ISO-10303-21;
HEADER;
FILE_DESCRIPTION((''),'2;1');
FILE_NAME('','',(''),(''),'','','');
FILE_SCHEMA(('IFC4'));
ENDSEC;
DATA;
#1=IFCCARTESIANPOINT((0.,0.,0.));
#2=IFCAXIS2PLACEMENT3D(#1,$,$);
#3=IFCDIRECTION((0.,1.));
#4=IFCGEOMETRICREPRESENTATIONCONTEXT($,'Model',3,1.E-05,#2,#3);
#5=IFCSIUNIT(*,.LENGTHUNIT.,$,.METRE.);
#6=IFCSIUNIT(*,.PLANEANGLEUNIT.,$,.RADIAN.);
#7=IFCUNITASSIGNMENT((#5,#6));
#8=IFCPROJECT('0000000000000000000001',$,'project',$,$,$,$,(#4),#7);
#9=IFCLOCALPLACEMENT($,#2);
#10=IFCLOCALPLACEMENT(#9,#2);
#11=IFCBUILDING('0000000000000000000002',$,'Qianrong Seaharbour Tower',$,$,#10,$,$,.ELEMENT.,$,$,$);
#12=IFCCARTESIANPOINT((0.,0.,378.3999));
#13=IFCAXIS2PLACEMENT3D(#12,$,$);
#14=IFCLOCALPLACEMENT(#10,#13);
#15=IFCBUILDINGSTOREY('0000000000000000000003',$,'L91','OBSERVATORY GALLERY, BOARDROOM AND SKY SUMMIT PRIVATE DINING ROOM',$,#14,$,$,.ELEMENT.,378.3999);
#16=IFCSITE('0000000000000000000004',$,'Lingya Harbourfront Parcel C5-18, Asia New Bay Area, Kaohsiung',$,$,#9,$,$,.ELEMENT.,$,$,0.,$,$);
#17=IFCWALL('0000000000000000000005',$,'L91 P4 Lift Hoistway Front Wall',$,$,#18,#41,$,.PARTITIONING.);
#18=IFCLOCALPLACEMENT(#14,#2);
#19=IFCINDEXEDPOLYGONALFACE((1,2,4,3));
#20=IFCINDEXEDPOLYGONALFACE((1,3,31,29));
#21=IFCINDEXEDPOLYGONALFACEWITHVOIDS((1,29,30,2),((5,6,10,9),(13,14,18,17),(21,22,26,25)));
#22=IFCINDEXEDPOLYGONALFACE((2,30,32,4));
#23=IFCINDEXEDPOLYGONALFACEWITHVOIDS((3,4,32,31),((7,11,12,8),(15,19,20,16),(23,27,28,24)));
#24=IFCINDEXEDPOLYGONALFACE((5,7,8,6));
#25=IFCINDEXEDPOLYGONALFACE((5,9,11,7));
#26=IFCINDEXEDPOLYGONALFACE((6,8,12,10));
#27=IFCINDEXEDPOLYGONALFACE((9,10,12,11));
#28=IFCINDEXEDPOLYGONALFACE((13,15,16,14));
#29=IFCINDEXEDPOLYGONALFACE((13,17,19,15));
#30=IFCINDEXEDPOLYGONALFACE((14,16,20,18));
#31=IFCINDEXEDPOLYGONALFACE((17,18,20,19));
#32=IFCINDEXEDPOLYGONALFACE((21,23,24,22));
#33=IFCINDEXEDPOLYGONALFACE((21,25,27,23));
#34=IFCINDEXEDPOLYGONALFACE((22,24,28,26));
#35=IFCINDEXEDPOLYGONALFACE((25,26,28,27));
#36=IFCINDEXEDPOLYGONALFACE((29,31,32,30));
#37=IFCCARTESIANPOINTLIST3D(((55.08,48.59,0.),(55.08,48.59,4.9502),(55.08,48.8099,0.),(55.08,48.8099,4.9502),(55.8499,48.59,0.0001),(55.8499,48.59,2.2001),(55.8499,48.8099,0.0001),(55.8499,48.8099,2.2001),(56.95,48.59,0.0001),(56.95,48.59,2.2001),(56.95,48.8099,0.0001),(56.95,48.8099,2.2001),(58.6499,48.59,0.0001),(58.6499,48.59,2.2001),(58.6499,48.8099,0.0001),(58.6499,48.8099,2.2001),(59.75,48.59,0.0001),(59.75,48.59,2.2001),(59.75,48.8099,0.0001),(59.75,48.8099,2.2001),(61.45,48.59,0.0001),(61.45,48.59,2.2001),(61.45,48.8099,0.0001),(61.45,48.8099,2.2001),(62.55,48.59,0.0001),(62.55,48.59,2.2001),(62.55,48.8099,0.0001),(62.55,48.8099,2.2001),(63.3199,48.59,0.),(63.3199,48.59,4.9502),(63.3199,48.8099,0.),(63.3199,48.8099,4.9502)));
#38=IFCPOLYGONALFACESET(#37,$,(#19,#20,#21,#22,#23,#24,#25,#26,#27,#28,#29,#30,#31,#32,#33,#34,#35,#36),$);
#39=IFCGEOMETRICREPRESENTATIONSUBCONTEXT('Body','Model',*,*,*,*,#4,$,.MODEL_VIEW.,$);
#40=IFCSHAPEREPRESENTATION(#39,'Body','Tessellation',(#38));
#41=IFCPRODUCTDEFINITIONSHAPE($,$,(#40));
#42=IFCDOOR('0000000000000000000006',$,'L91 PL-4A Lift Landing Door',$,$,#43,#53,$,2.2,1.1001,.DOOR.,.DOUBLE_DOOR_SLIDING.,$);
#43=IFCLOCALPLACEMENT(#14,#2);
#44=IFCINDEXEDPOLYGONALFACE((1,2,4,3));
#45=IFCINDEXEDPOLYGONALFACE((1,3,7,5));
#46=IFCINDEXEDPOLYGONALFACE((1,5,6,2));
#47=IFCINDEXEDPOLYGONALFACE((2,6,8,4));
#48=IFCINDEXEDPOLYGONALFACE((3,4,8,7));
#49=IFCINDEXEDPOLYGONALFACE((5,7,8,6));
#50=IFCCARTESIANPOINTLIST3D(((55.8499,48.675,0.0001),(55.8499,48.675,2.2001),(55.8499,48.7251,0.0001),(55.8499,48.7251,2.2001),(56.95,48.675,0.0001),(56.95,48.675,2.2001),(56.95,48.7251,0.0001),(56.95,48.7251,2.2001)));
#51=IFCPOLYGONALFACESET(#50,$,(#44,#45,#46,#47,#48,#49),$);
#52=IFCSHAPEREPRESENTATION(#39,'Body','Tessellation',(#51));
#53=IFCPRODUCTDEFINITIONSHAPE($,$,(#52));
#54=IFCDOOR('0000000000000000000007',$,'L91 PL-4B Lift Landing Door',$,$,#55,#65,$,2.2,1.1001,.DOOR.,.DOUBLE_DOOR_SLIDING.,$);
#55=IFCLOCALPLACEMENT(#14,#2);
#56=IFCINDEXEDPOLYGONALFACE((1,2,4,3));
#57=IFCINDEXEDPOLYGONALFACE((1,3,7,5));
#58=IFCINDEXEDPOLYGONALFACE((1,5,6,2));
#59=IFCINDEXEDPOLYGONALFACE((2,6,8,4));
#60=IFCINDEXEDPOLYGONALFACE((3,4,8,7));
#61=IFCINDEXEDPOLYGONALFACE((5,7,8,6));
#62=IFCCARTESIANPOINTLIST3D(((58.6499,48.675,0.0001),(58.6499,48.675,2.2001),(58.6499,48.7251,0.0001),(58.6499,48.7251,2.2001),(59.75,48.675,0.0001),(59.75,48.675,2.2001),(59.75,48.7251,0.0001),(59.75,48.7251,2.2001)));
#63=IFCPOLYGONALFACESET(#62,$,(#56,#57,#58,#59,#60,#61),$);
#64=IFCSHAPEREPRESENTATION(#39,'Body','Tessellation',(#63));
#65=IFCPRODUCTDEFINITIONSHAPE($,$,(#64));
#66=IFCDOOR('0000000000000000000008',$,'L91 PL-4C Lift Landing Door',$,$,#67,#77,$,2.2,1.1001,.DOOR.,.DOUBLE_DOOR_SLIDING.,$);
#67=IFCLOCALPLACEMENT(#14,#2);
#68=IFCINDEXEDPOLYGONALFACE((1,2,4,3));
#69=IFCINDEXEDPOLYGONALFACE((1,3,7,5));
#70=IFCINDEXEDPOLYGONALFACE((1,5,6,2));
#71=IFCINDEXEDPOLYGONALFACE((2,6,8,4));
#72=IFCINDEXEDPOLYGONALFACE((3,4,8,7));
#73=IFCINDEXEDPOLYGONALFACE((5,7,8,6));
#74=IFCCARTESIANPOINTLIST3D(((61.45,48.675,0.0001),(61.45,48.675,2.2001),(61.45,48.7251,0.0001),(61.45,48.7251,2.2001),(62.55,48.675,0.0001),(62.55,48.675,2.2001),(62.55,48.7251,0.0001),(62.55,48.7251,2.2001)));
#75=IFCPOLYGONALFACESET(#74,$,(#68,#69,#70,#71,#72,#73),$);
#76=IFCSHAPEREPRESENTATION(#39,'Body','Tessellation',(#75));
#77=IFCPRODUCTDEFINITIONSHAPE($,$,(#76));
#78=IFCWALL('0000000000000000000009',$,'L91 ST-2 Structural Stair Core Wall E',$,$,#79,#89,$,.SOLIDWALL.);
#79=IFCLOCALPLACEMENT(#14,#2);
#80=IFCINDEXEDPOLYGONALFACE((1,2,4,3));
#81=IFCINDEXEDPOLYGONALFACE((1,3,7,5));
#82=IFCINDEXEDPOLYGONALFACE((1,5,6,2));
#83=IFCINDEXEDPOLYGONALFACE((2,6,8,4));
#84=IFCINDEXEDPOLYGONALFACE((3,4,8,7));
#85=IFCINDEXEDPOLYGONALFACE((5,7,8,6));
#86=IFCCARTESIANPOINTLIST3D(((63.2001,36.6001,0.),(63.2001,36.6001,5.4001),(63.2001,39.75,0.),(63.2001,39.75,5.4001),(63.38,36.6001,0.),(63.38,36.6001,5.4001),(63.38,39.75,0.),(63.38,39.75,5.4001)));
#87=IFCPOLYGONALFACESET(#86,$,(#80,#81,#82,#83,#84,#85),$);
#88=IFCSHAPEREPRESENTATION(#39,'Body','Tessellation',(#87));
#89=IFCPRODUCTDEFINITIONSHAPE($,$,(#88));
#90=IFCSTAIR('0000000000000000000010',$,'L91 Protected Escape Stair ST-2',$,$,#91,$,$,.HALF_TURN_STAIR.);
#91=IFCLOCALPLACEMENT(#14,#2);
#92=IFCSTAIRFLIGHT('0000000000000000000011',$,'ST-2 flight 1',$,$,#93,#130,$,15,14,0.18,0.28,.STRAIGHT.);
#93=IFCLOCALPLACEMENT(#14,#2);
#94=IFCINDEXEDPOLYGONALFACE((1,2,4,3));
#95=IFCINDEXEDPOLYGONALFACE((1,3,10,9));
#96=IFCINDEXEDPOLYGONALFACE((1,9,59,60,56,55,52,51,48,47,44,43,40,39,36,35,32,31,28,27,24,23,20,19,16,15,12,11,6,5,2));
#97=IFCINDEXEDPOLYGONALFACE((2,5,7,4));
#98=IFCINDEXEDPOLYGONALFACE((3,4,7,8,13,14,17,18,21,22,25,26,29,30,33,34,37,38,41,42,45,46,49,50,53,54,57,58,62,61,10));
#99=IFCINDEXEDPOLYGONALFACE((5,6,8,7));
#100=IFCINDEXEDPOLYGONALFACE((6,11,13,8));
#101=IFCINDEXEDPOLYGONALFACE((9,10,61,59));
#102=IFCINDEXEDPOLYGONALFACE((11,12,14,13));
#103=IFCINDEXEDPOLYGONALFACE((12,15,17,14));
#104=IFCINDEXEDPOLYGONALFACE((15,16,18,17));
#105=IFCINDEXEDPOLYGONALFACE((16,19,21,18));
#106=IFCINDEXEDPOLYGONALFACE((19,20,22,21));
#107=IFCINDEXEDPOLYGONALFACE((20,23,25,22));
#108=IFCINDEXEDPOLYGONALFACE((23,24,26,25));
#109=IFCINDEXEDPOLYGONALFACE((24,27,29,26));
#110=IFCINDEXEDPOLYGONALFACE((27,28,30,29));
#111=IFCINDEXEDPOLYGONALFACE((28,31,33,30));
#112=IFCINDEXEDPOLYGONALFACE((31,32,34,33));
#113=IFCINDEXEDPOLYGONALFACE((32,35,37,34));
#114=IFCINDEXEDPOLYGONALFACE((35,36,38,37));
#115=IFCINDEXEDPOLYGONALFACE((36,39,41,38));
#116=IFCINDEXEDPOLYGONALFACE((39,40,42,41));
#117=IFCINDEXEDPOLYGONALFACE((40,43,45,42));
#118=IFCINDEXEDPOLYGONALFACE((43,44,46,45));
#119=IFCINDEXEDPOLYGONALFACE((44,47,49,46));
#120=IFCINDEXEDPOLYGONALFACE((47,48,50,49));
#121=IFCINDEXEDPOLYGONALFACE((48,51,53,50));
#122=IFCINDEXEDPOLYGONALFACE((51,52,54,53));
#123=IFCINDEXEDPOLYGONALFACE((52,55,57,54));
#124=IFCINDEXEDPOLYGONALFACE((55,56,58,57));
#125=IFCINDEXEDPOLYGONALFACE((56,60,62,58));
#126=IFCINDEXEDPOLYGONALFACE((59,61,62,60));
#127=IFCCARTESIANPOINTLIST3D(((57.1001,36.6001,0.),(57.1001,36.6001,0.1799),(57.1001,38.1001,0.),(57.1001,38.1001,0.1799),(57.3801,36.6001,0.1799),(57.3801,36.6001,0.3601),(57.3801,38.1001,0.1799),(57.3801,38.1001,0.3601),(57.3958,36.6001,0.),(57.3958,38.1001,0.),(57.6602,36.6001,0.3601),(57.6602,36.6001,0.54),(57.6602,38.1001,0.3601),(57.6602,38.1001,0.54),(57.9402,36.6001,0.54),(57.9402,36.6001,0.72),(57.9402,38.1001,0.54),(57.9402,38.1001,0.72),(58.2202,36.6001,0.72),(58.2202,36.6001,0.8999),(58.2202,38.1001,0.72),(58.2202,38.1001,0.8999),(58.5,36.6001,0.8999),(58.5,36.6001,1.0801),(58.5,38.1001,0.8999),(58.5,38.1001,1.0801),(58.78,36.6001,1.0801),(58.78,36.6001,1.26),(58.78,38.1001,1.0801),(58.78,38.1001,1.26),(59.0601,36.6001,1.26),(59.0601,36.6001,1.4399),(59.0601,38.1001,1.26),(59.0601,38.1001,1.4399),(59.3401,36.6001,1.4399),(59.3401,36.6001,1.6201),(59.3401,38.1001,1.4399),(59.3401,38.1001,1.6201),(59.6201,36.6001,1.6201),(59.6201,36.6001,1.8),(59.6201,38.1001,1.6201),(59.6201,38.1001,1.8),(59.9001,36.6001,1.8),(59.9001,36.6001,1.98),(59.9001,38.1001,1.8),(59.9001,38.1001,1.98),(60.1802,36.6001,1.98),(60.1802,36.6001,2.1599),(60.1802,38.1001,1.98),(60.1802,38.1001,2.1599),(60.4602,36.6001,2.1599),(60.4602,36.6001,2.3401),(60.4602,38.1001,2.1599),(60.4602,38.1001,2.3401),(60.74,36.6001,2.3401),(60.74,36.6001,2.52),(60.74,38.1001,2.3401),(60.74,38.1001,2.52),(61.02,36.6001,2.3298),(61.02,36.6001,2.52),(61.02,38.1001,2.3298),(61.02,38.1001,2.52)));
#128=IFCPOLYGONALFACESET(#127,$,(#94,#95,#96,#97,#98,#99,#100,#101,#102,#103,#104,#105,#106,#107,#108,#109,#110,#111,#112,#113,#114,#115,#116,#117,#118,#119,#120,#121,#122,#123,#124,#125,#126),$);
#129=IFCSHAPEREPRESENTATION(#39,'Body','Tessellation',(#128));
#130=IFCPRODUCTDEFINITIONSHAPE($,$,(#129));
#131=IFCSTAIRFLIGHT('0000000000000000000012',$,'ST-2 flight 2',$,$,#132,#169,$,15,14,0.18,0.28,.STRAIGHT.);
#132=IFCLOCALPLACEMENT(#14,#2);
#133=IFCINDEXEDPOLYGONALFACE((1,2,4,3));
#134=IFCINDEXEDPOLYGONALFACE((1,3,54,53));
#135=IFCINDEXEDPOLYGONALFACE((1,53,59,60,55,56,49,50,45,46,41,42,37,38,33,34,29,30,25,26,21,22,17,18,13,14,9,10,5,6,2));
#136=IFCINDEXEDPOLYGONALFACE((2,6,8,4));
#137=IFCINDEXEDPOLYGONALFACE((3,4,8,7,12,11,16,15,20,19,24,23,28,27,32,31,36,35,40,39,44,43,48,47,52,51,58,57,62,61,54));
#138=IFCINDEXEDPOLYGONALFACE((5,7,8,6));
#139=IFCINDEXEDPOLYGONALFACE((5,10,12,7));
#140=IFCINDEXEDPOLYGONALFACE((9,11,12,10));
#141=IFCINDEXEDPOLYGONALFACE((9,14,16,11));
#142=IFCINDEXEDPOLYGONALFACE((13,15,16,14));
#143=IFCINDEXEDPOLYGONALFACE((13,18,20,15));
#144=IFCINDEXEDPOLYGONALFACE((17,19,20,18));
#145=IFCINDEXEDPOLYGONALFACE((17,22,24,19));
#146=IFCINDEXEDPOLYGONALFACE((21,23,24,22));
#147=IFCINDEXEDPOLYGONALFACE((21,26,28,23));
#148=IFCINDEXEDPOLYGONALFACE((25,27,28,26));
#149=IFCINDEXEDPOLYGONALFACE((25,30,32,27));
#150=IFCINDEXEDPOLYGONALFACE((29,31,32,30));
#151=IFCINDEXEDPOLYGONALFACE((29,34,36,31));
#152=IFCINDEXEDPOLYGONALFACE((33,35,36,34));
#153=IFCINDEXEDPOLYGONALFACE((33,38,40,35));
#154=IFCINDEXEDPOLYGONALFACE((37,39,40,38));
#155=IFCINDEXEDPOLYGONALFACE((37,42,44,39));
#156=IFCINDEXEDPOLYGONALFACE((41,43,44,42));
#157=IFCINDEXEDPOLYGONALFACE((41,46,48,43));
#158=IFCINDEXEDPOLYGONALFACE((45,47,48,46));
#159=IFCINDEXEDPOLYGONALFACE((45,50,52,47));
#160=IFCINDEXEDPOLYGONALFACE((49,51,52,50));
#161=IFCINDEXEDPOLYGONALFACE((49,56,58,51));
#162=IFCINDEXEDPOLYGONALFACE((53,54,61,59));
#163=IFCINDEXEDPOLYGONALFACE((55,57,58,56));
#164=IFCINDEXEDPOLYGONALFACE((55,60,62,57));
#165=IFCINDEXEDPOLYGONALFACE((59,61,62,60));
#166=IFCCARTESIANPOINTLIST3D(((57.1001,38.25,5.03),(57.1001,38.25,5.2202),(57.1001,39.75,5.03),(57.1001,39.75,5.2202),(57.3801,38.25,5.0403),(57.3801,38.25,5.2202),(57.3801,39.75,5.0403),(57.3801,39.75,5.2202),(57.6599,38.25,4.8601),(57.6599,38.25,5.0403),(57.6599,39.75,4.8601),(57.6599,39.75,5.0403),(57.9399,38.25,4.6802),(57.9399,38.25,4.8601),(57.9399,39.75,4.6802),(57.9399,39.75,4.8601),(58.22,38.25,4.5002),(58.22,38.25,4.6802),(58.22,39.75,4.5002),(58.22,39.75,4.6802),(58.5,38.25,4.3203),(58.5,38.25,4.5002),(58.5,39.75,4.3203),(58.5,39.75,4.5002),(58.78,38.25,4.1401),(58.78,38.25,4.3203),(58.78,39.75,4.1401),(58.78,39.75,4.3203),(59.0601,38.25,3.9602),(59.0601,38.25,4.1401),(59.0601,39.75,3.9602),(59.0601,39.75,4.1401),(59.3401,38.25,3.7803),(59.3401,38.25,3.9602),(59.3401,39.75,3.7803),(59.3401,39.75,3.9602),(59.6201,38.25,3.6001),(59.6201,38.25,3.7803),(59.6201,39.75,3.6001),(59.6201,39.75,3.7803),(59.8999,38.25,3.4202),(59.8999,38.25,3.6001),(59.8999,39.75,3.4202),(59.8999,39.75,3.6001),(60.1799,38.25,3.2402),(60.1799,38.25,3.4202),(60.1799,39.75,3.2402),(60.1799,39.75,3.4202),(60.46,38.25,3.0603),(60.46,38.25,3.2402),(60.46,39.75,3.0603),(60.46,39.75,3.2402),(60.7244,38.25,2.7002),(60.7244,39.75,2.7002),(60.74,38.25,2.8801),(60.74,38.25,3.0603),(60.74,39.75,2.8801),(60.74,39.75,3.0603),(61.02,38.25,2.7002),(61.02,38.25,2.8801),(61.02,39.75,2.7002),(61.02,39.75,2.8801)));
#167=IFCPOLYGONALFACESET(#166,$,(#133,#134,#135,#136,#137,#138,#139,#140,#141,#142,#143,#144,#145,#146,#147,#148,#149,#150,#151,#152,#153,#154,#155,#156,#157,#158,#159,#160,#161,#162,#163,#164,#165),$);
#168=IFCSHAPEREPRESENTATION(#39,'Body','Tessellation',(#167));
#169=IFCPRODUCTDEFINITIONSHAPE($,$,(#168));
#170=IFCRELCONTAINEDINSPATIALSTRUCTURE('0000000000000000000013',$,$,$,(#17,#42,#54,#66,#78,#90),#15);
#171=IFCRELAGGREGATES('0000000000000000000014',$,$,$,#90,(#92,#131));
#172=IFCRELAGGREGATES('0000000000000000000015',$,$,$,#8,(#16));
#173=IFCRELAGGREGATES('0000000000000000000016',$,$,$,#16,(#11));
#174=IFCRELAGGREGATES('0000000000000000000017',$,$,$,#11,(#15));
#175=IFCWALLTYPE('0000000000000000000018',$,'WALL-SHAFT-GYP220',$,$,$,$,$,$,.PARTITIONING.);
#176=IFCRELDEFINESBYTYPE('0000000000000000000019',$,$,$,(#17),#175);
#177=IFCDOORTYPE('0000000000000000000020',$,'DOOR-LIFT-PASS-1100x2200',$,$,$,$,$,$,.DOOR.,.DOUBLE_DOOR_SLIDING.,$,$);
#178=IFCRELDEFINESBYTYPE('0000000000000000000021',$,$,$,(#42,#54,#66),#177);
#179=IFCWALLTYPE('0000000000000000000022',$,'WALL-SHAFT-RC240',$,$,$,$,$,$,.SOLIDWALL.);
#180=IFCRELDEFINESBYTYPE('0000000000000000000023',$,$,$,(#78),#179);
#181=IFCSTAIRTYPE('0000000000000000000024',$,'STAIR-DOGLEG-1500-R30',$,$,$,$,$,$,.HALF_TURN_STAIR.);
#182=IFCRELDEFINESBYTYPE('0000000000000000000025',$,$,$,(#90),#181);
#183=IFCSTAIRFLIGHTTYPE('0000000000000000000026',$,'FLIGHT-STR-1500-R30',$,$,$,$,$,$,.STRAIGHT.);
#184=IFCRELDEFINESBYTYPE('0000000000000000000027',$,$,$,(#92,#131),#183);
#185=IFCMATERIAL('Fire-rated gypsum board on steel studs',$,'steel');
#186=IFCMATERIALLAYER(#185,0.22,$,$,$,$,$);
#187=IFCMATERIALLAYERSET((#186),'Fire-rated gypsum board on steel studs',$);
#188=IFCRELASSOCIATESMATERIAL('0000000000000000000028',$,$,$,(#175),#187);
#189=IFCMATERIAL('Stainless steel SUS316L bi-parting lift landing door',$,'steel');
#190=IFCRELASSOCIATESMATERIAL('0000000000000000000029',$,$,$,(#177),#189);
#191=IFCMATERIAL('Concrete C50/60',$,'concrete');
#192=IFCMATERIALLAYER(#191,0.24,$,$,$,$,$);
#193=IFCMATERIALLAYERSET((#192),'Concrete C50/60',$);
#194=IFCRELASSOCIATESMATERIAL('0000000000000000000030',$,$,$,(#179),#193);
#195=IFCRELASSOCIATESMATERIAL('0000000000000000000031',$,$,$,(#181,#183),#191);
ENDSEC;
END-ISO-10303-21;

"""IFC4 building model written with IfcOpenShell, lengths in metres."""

from ifc_helpers import new_model, si_unit, direction, frame, frame_2d, origin, place, context, subcontext, project, spatial, polyline, rectangle, outline, extrude, material, layer, layer_set, type_object, element, fill, aggregate, save


model = new_model("IFC4")

# Units and contexts
model_context = context("Model", 3, precision=1e-05, world=origin(), true_north=direction((0.0, 1.0)))
body_context = subcontext(model_context, "Body", "Model", "MODEL_VIEW")
ifc_project = project(units=[si_unit("LENGTHUNIT", "METRE"), si_unit("PLANEANGLEUNIT", "RADIAN")], contexts=[model_context])

# Site, building, storey
site_placement = place(None, origin())
site = spatial("IfcSite", under=ifc_project, at=site_placement, Name="Lingya Harbourfront Parcel C5-18, Asia New Bay Area, Kaohsiung", CompositionType="ELEMENT", RefElevation=0.0)
building_placement = place(site_placement, origin())
building = spatial("IfcBuilding", under=site, at=building_placement, Name="Qianrong Seaharbour Tower", CompositionType="ELEMENT")
storey_placement = place(building_placement, frame((0.0, 0.0, 378.3999)))
storey = spatial("IfcBuildingStorey", under=building, at=storey_placement, Name="L91", Description="OBSERVATORY GALLERY, BOARDROOM AND SKY SUMMIT PRIVATE DINING ROOM", CompositionType="ELEMENT", Elevation=378.3999)

# Shared definitions
ifc_material_1 = material(Name="Fire-rated gypsum board on steel studs", Category="steel")

# Wall, openings, doors
ifc_layer_1 = layer(ifc_material_1, 0.22)
ifc_layer_set_1 = layer_set([ifc_layer_1], Name="Fire-rated gypsum board on steel studs")
wall_type_1 = type_object("IfcWallType", Name="WALL-SHAFT-GYP220", PredefinedType="PARTITIONING", material=ifc_layer_set_1)
wall_1_placement = place(storey_placement, frame((63.3201, 48.7, 0.0), z_axis=(0.0, 0.0, 1.0), x_axis=(-1.0, 0.0, 0.0)))
wall_1 = element("IfcWall", 1, at=wall_1_placement, inside=storey, type_object=wall_type_1, Name="L91 P4 Lift Hoistway Front Wall", PredefinedType="PARTITIONING", context=body_context, shape_type="SweptSolid", body=[
    extrude(rectangle(XDim=8.24, YDim=0.22, at=frame_2d((4.1201, 0.0))), origin(), (0.0, 0.0, 1.0), 4.9502),
])
opening_1_placement = place(wall_1_placement, frame((6.3701, 0.0, 0.0)))
opening_1 = element("IfcOpeningElement", 2, at=opening_1_placement, cuts=wall_1, PredefinedType="OPENING", context=body_context, shape_type="SweptSolid", body=[
    extrude(rectangle(XDim=1.1001, YDim=2.2, at=frame_2d((0.55, 1.1001))), frame((0.0, 0.1201, 0.0), z_axis=(0.0, -1.0, 0.0), x_axis=(1.0, 0.0, 0.0)), (0.0, 0.0, 1.0), 0.24),
])
opening_2_placement = place(wall_1_placement, frame((3.5701, 0.0, 0.0)))
opening_2 = element("IfcOpeningElement", 3, at=opening_2_placement, cuts=wall_1, PredefinedType="OPENING", context=body_context, shape_type="SweptSolid", body=[
    extrude(rectangle(XDim=1.1001, YDim=2.2, at=frame_2d((0.55, 1.1001))), frame((0.0, 0.1201, 0.0), z_axis=(0.0, -1.0, 0.0), x_axis=(1.0, 0.0, 0.0)), (0.0, 0.0, 1.0), 0.24),
])
opening_3_placement = place(wall_1_placement, frame((0.77, 0.0, 0.0)))
opening_3 = element("IfcOpeningElement", 4, at=opening_3_placement, cuts=wall_1, PredefinedType="OPENING", context=body_context, shape_type="SweptSolid", body=[
    extrude(rectangle(XDim=1.1001, YDim=2.2, at=frame_2d((0.55, 1.1001))), frame((0.0, 0.1201, 0.0), z_axis=(0.0, -1.0, 0.0), x_axis=(1.0, 0.0, 0.0)), (0.0, 0.0, 1.0), 0.24),
])
ifc_material_2 = material(Name="Stainless steel SUS316L bi-parting lift landing door", Category="steel")
door_type_1 = type_object("IfcDoorType", Name="DOOR-LIFT-PASS-1100x2200", OperationType="DOUBLE_DOOR_SLIDING", PredefinedType="DOOR", material=ifc_material_2)
door_1_placement = place(opening_1_placement, origin())
door_1 = element("IfcDoor", 5, at=door_1_placement, inside=storey, type_object=door_type_1, Name="L91 PL-4A Lift Landing Door", OperationType="DOUBLE_DOOR_SLIDING", OverallHeight=2.2, OverallWidth=1.1001, PredefinedType="DOOR", context=body_context, shape_type="SweptSolid", body=[
    extrude(rectangle(XDim=1.1001, YDim=2.2, at=frame_2d((0.55, 1.1001))), frame((0.0, 0.0249, 0.0), z_axis=(0.0, -1.0, 0.0), x_axis=(1.0, 0.0, 0.0)), (0.0, 0.0, 1.0), 0.05),
])
fill(opening_1, door_1)
door_2_placement = place(opening_2_placement, origin())
door_2 = element("IfcDoor", 6, at=door_2_placement, inside=storey, type_object=door_type_1, Name="L91 PL-4B Lift Landing Door", OperationType="DOUBLE_DOOR_SLIDING", OverallHeight=2.2, OverallWidth=1.1001, PredefinedType="DOOR", context=body_context, shape_type="SweptSolid", body=[
    extrude(rectangle(XDim=1.1001, YDim=2.2, at=frame_2d((0.55, 1.1001))), frame((0.0, 0.0249, 0.0), z_axis=(0.0, -1.0, 0.0), x_axis=(1.0, 0.0, 0.0)), (0.0, 0.0, 1.0), 0.05),
])
fill(opening_2, door_2)
door_3_placement = place(opening_3_placement, origin())
door_3 = element("IfcDoor", 7, at=door_3_placement, inside=storey, type_object=door_type_1, Name="L91 PL-4C Lift Landing Door", OperationType="DOUBLE_DOOR_SLIDING", OverallHeight=2.2, OverallWidth=1.1001, PredefinedType="DOOR", context=body_context, shape_type="SweptSolid", body=[
    extrude(rectangle(XDim=1.1001, YDim=2.2, at=frame_2d((0.55, 1.1001))), frame((0.0, 0.0249, 0.0), z_axis=(0.0, -1.0, 0.0), x_axis=(1.0, 0.0, 0.0)), (0.0, 0.0, 1.0), 0.05),
])
fill(opening_3, door_3)

# Wall
ifc_material_3 = material(Name="Concrete C50/60", Category="concrete")
ifc_layer_2 = layer(ifc_material_3, 0.24)
ifc_layer_set_2 = layer_set([ifc_layer_2], Name="Concrete C50/60")
wall_type_2 = type_object("IfcWallType", Name="WALL-SHAFT-RC240", PredefinedType="SOLIDWALL", material=ifc_layer_set_2)
wall_2_placement = place(storey_placement, frame((63.29, 36.6001, 0.0), z_axis=(0.0, 0.0, 1.0), x_axis=(0.0, 1.0, 0.0)))
element("IfcWall", 8, at=wall_2_placement, inside=storey, type_object=wall_type_2, Name="L91 ST-2 Structural Stair Core Wall E", PredefinedType="SOLIDWALL", context=body_context, shape_type="SweptSolid", body=[
    extrude(rectangle(XDim=3.1499, YDim=0.1799, at=frame_2d((1.575, 0.0))), origin(), (0.0, 0.0, 1.0), 5.4001),
])

# Stair, stair flights
stair_type = type_object("IfcStairType", Name="STAIR-DOGLEG-1500-R30", PredefinedType="HALF_TURN_STAIR", material=ifc_material_3)
stair_placement = place(storey_placement, origin())
stair = element("IfcStair", 9, at=stair_placement, inside=storey, type_object=stair_type, Name="L91 Protected Escape Stair ST-2", PredefinedType="HALF_TURN_STAIR")
stair_flight_type = type_object("IfcStairFlightType", Name="FLIGHT-STR-1500-R30", PredefinedType="STRAIGHT", material=ifc_material_3)
stair_flight_1_placement = place(storey_placement, frame((57.1001, 37.3501, 0.0), z_axis=(0.0, 0.0, 1.0), x_axis=(1.0, 0.0, 0.0)))
stair_flight_1 = element("IfcStairFlight", 10, at=stair_flight_1_placement, type_object=stair_flight_type, Name="ST-2 flight 1", NumberOfRisers=15, NumberOfTreads=14, PredefinedType="STRAIGHT", RiserHeight=0.18, TreadLength=0.28, context=body_context, shape_type="SweptSolid", body=[
    extrude(outline(polyline([(0.0, 0.0), (0.0, 0.1799), (0.28, 0.1799), (0.28, 0.3601), (0.5601, 0.3601), (0.5601, 0.54), (0.8401, 0.54), (0.8401, 0.72), (1.1201, 0.72), (1.1201, 0.8999), (1.3999, 0.8999), (1.3999, 1.0801), (1.6799, 1.0801), (1.6799, 1.26), (1.96, 1.26), (1.96, 1.4399), (2.24, 1.4399), (2.24, 1.6201), (2.52, 1.6201), (2.52, 1.8), (2.8, 1.8), (2.8, 1.98), (3.0801, 1.98), (3.0801, 2.1599), (3.3601, 2.1599), (3.3601, 2.3401), (3.6399, 2.3401), (3.6399, 2.52), (3.9199, 2.52), (3.9199, 2.7), (3.9199, 2.3298), (0.2957, 0.0), (0.0, 0.0)])), frame((0.0, 0.75, 0.0), z_axis=(0.0, -1.0, 0.0), x_axis=(1.0, 0.0, 0.0)), (0.0, 0.0, 1.0), 1.5),
])
stair_flight_2_placement = place(storey_placement, frame((61.02, 39.0, 2.7002), z_axis=(0.0, 0.0, 1.0), x_axis=(-1.0, 0.0, 0.0)))
stair_flight_2 = element("IfcStairFlight", 11, at=stair_flight_2_placement, type_object=stair_flight_type, Name="ST-2 flight 2", NumberOfRisers=15, NumberOfTreads=14, PredefinedType="STRAIGHT", RiserHeight=0.18, TreadLength=0.28, context=body_context, shape_type="SweptSolid", body=[
    extrude(outline(polyline([(0.0, 0.0), (0.0, 0.1799), (0.28, 0.1799), (0.28, 0.3601), (0.5601, 0.3601), (0.5601, 0.54), (0.8401, 0.54), (0.8401, 0.72), (1.1201, 0.72), (1.1201, 0.8999), (1.3999, 0.8999), (1.3999, 1.0801), (1.6799, 1.0801), (1.6799, 1.26), (1.96, 1.26), (1.96, 1.4399), (2.24, 1.4399), (2.24, 1.6201), (2.52, 1.6201), (2.52, 1.8), (2.8, 1.8), (2.8, 1.98), (3.0801, 1.98), (3.0801, 2.1599), (3.3601, 2.1599), (3.3601, 2.3401), (3.6399, 2.3401), (3.6399, 2.52), (3.9199, 2.52), (3.9199, 2.7), (3.9199, 2.3298), (0.2957, 0.0), (0.0, 0.0)])), frame((0.0, 0.75, 0.0), z_axis=(0.0, -1.0, 0.0), x_axis=(1.0, 0.0, 0.0)), (0.0, 0.0, 1.0), 1.5),
])
aggregate(stair, [stair_flight_1, stair_flight_2])

save(model, "model.ifc")
